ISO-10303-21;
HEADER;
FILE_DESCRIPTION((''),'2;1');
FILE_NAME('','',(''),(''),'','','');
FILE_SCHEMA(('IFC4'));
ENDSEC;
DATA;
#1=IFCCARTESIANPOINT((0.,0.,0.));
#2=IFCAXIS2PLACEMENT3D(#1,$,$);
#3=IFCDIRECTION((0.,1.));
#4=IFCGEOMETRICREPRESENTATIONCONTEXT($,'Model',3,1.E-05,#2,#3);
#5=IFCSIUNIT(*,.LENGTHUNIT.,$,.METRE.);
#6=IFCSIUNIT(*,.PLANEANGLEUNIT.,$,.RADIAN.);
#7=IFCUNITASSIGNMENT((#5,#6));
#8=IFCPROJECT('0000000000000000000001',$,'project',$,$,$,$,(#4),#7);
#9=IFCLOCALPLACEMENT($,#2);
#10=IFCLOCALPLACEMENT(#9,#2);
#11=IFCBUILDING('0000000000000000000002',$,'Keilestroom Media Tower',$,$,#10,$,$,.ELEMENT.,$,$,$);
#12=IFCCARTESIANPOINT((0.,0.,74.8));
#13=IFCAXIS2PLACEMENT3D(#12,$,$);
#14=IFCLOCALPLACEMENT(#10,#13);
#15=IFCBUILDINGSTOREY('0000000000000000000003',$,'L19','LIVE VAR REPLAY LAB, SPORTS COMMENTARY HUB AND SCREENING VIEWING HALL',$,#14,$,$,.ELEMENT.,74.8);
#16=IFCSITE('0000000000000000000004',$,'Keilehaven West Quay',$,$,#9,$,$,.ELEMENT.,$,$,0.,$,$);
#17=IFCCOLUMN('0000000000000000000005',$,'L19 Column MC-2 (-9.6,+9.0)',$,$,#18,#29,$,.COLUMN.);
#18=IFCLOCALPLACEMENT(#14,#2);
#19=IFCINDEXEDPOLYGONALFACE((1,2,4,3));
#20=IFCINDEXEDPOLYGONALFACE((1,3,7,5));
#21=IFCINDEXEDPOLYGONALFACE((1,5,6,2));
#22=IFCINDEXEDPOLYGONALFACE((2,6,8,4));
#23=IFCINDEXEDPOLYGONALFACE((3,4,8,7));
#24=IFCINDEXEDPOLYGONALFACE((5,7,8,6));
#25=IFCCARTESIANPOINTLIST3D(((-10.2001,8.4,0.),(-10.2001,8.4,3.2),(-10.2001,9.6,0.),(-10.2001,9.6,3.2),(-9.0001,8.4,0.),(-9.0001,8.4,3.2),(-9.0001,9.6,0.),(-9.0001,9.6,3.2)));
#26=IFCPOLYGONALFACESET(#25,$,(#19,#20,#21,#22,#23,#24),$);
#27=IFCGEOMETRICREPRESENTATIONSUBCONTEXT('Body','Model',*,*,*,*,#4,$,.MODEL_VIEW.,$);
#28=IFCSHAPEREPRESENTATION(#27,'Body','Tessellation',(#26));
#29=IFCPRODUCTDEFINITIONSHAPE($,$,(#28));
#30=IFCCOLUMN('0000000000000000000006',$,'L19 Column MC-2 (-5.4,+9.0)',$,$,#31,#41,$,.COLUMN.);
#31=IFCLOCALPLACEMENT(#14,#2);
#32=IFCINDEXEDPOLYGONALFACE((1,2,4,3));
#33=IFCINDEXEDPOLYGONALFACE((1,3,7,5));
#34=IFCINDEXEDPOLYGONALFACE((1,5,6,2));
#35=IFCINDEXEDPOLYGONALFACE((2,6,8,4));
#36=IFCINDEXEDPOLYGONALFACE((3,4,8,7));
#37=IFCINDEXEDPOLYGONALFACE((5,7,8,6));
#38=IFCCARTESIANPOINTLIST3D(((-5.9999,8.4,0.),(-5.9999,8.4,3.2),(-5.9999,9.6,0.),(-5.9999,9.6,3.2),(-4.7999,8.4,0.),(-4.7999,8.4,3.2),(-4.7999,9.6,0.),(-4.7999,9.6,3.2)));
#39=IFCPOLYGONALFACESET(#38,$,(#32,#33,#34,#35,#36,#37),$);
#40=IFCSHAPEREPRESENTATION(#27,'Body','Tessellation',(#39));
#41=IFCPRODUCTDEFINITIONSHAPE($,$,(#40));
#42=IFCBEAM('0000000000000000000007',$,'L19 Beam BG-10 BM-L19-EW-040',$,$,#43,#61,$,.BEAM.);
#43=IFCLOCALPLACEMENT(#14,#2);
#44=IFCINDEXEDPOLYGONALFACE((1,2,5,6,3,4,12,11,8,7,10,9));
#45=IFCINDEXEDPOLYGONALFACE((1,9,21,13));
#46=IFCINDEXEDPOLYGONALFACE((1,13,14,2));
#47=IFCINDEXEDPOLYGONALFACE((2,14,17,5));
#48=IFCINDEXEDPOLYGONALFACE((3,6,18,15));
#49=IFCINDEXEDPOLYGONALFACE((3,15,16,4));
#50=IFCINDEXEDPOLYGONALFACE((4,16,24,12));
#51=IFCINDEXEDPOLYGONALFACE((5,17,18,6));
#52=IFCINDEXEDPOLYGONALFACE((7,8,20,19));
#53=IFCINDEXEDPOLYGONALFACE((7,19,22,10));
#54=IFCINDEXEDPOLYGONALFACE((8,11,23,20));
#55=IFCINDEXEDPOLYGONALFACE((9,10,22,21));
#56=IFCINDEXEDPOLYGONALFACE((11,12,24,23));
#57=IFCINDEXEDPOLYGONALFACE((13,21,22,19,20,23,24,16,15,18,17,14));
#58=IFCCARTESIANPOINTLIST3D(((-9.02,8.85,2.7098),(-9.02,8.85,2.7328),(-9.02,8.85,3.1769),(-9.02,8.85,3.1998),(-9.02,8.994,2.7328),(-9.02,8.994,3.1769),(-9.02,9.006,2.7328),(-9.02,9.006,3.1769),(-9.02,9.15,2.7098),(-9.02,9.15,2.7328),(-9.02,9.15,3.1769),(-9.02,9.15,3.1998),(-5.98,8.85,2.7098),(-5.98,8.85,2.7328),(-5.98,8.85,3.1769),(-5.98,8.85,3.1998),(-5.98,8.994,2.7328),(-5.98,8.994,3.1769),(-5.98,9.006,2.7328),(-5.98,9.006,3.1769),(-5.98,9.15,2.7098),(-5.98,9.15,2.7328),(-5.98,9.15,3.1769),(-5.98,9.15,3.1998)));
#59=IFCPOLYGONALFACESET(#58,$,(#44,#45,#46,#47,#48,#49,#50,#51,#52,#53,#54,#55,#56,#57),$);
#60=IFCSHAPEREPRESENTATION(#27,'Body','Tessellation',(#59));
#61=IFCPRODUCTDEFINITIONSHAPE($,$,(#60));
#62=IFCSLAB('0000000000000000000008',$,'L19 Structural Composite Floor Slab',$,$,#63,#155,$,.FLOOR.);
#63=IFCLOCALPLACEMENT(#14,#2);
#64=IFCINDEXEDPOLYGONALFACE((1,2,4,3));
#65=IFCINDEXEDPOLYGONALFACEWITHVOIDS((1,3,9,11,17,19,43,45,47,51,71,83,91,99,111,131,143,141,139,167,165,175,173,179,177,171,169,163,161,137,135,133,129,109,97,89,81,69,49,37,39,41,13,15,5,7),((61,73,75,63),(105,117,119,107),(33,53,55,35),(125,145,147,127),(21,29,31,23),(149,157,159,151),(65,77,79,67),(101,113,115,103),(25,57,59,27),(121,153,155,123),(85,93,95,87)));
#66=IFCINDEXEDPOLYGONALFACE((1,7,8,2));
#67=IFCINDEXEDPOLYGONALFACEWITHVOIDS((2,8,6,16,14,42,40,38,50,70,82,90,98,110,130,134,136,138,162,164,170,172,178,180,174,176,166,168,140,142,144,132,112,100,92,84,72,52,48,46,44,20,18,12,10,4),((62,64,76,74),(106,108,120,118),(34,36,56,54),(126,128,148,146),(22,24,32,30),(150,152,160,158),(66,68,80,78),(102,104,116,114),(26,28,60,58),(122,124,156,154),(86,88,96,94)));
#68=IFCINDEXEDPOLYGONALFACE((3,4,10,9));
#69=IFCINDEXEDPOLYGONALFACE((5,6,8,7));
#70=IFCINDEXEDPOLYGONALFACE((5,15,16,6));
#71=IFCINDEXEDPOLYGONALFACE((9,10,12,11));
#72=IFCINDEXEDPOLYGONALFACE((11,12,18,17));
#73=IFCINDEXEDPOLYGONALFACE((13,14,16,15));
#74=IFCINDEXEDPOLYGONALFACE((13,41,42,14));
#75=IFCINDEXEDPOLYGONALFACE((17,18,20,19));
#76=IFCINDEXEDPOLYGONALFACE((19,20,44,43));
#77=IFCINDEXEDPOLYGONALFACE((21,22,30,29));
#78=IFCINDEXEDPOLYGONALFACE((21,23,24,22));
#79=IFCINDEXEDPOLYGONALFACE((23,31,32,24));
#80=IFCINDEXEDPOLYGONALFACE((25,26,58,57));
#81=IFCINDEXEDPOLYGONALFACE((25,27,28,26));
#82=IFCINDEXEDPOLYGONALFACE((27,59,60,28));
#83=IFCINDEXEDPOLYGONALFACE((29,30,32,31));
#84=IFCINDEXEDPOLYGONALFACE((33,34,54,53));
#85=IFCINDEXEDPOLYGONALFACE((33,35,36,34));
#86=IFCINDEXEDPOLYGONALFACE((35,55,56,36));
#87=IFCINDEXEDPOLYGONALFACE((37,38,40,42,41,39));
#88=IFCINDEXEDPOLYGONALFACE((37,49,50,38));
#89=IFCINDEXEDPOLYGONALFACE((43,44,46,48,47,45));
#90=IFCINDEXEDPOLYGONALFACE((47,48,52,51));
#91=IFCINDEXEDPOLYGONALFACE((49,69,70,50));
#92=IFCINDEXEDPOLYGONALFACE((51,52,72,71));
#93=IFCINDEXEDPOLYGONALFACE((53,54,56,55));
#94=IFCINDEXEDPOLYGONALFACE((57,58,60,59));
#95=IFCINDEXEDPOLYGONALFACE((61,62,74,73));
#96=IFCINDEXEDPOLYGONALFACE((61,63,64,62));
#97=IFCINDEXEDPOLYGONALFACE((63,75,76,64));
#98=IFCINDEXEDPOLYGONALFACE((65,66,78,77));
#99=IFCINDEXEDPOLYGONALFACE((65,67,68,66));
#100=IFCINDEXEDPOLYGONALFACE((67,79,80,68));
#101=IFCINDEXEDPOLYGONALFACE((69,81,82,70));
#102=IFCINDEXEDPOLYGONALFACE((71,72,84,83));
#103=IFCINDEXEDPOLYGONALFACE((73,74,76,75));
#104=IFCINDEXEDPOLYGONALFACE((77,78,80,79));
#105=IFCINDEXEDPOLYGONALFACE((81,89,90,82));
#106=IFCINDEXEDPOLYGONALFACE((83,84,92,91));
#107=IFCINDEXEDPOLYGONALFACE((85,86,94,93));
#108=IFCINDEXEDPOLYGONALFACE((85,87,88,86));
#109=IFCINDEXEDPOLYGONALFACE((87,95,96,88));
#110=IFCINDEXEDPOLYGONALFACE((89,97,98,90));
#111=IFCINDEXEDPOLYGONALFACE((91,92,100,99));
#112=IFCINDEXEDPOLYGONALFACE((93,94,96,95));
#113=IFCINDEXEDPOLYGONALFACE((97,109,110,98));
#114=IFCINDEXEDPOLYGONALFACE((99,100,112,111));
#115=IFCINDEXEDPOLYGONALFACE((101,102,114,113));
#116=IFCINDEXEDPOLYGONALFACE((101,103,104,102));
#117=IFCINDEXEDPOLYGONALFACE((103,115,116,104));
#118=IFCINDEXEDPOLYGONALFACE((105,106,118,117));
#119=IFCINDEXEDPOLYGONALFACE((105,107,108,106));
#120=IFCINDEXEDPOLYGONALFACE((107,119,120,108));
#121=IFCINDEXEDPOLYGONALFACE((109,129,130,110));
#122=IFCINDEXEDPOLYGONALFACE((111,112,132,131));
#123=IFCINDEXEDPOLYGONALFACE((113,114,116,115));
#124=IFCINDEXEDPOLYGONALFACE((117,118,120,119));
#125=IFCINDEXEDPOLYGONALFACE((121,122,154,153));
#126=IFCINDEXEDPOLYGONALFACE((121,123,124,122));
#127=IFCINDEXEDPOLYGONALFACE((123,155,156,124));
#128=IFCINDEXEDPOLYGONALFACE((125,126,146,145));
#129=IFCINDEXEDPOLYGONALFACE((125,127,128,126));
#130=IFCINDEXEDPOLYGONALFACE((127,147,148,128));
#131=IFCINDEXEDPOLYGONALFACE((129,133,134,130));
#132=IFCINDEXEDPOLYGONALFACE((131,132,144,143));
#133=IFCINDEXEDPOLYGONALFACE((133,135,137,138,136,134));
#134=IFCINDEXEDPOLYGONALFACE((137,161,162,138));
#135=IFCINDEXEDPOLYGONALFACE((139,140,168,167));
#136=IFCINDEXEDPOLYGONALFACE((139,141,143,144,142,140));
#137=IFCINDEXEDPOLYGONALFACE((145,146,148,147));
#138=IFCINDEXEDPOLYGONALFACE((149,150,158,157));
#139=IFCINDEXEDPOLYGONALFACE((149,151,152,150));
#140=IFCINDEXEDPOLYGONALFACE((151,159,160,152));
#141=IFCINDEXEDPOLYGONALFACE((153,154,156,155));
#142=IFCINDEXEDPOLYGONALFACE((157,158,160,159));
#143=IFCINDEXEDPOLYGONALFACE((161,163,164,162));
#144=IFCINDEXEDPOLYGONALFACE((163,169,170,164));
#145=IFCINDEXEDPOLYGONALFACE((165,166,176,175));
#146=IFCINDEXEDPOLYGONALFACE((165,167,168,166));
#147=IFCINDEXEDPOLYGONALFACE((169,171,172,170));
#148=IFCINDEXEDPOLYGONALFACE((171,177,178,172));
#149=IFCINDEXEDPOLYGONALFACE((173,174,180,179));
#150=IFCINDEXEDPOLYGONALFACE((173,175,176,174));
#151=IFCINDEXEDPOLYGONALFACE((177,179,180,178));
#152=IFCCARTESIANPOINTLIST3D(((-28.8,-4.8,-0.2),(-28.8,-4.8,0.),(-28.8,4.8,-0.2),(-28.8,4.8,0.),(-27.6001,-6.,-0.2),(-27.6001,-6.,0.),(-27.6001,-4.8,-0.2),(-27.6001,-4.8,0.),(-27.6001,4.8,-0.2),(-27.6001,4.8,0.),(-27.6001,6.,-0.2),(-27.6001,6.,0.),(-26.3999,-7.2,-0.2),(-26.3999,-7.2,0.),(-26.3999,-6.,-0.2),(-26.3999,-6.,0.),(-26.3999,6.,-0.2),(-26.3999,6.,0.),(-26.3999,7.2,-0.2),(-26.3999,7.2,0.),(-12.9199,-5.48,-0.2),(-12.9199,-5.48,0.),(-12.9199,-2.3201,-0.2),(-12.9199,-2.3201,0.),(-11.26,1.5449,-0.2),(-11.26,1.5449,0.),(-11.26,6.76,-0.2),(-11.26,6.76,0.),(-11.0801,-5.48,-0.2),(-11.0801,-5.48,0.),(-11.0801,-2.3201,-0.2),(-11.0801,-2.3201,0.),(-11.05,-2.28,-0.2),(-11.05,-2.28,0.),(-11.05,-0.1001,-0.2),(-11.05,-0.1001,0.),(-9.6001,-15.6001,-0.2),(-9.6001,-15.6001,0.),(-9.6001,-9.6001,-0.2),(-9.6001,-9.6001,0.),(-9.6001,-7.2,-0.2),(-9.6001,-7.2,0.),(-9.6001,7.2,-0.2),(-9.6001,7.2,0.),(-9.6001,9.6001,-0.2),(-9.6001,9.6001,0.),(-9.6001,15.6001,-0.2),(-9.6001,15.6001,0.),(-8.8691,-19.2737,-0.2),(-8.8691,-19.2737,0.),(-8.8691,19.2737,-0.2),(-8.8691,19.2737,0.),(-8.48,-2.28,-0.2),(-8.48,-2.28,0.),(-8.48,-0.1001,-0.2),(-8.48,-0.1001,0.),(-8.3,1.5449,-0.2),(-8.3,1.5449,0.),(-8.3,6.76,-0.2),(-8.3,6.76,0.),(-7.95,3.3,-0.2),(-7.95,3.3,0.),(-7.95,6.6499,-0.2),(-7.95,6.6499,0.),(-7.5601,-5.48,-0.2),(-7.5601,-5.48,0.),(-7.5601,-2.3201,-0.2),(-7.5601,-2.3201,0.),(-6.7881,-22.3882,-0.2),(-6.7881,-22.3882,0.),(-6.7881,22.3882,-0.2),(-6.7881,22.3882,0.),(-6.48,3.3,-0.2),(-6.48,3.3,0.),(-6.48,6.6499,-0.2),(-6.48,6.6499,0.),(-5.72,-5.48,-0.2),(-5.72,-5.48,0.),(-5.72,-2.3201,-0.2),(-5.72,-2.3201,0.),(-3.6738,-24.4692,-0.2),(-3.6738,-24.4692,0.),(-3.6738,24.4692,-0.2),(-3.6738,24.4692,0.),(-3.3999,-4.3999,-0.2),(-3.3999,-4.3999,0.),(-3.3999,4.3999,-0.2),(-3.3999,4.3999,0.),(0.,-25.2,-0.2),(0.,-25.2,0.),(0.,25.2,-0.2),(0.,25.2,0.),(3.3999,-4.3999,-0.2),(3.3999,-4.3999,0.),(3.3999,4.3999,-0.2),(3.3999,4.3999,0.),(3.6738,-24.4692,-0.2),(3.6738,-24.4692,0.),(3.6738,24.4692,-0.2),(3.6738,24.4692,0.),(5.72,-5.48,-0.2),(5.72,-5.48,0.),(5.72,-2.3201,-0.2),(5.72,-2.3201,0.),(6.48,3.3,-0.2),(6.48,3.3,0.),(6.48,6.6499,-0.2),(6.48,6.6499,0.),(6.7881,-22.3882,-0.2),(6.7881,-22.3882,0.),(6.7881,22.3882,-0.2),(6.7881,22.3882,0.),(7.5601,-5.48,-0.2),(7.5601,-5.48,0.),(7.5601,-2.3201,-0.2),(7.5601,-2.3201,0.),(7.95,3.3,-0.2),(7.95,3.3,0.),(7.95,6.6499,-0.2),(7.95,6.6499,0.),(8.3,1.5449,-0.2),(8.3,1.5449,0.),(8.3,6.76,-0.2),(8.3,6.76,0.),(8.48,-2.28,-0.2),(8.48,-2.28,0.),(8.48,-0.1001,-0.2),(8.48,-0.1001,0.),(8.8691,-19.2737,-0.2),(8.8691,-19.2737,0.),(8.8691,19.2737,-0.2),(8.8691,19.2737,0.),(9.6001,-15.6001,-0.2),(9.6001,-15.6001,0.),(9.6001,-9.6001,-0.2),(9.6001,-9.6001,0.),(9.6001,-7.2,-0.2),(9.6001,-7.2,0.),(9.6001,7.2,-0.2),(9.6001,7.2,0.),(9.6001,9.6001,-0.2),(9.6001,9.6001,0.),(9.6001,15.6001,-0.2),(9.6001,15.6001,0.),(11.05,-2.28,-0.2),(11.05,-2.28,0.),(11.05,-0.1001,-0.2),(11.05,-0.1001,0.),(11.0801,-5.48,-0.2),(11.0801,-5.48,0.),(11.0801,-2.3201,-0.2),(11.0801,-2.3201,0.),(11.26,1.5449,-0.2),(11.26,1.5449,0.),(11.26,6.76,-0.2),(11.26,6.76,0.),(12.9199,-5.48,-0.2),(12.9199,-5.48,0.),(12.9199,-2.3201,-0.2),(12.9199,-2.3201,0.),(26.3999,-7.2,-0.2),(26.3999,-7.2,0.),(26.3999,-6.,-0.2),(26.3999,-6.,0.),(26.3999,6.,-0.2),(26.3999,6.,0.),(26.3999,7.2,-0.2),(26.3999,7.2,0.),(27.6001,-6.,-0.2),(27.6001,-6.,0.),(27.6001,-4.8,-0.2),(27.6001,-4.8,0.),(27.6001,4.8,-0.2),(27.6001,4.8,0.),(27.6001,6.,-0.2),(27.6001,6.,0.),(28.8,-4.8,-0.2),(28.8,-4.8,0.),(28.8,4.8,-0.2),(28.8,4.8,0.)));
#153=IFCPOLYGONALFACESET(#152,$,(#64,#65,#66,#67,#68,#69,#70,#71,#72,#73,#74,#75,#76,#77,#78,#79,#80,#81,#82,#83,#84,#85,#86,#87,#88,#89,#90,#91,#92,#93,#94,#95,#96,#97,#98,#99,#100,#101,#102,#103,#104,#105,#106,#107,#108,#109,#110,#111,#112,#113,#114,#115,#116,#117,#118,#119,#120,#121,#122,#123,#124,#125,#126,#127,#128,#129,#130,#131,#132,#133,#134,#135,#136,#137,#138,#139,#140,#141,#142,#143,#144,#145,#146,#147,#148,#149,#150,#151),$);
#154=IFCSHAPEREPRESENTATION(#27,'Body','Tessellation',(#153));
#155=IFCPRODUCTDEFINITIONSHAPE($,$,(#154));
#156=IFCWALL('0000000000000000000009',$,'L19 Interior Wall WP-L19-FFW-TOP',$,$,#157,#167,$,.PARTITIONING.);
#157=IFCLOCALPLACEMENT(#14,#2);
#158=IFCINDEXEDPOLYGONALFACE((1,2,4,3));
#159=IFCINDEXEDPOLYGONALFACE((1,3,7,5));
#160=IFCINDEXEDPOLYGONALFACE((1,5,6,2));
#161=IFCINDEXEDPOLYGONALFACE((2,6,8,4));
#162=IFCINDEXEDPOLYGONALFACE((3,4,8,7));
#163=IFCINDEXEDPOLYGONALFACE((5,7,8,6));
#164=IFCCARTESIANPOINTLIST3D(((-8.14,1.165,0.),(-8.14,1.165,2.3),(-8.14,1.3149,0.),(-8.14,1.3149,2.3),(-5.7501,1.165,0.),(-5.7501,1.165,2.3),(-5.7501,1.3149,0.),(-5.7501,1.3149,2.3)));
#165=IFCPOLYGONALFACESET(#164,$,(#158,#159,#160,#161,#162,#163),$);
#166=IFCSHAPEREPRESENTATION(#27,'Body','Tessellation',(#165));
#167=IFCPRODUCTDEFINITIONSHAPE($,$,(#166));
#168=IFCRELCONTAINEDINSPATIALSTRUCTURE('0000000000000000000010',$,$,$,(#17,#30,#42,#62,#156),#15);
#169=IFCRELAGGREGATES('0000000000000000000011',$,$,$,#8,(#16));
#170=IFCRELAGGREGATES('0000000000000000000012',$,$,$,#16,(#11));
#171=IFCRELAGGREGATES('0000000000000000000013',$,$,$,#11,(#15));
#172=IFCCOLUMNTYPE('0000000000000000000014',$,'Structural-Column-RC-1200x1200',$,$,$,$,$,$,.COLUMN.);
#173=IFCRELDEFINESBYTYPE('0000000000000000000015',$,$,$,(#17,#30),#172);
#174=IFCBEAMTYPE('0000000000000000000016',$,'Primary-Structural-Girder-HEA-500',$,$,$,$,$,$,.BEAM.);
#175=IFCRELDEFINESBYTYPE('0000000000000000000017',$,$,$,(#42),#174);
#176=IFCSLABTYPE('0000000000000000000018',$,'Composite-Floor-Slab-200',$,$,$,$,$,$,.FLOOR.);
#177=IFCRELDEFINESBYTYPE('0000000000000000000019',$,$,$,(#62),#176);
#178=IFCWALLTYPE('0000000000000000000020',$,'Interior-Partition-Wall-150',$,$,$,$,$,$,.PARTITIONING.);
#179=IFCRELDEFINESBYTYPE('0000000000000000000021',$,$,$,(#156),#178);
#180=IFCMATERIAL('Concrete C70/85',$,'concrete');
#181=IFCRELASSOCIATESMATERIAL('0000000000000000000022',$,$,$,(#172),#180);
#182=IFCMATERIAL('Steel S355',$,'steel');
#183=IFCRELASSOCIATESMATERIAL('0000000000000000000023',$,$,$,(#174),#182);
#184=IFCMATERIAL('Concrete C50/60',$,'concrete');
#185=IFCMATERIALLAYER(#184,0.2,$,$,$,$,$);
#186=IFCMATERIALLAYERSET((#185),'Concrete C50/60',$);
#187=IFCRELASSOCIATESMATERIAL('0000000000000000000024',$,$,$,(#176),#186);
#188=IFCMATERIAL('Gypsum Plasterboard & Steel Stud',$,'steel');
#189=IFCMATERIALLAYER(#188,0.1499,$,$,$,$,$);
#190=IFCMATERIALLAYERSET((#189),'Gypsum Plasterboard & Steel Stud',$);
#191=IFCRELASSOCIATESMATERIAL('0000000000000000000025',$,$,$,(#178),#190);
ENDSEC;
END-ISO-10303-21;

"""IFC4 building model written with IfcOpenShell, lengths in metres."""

from ifc_helpers import new_model, si_unit, direction, frame, frame_2d, origin, origin_2d, place, context, subcontext, project, spatial, polyline, rectangle, i_section, outline, extrude, source, transform, mapped, material, layer, layer_set, material_profile, profile_set, type_object, element, save


model = new_model("IFC4")

# Units and contexts
model_context = context("Model", 3, precision=1e-05, world=origin(), true_north=direction((0.0, 1.0)))
body_context = subcontext(model_context, "Body", "Model", "MODEL_VIEW")
ifc_project = project(units=[si_unit("LENGTHUNIT", "METRE"), si_unit("PLANEANGLEUNIT", "RADIAN")], contexts=[model_context])

# Site, building, storey
site_placement = place(None, origin())
site = spatial("IfcSite", under=ifc_project, at=site_placement, Name="Keilehaven West Quay", CompositionType="ELEMENT", RefElevation=0.0)
building_placement = place(site_placement, origin())
building = spatial("IfcBuilding", under=site, at=building_placement, Name="Keilestroom Media Tower", CompositionType="ELEMENT")
storey_placement = place(building_placement, frame((0.0, 0.0, 74.8)))
storey = spatial("IfcBuildingStorey", under=building, at=storey_placement, Name="L19", Description="LIVE VAR REPLAY LAB, SPORTS COMMENTARY HUB AND SCREENING VIEWING HALL", CompositionType="ELEMENT", Elevation=74.8)

# Columns
ifc_material_1 = material(Name="Concrete C70/85", Category="concrete")
ifc_material_profile_1 = material_profile(ifc_material_1, rectangle(XDim=1.2, YDim=1.2, at=origin_2d()), Name="RC 1200x1200")
ifc_profile_set_1 = profile_set([ifc_material_profile_1], Name="Concrete C70/85")
column_type = type_object("IfcColumnType", Name="Structural-Column-RC-1200x1200", PredefinedType="COLUMN", material=ifc_profile_set_1)
shared_shape_1 = source(origin(), body_context, "Body", "SweptSolid", [
    extrude(rectangle(XDim=1.2, YDim=1.2, at=origin_2d()), origin(), (0.0, 0.0, 1.0), 3.2),
])
for number, where, z_axis, x_axis, name in (
    (1, (-9.6001, 9.0, 0.0), (0.0, 0.0, 1.0), (1.0, 0.0, 0.0), "L19 Column MC-2 (-9.6,+9.0)"),
    (2, (-5.3999, 9.0, 0.0), (0.0, 0.0, 1.0), (1.0, 0.0, 0.0), "L19 Column MC-2 (-5.4,+9.0)"),
):
    element("IfcColumn", number, at=place(storey_placement, frame(where, z_axis=z_axis, x_axis=x_axis)), inside=storey, type_object=column_type, Name=name, PredefinedType="COLUMN", context=body_context, shape_type="MappedRepresentation", body=[
        mapped(shared_shape_1, transform((0.0, 0.0, 0.0), x_axis=(1.0, 0.0, 0.0), y_axis=(0.0, 1.0, 0.0), z_axis=(0.0, 0.0, 1.0), scale=1.0)),
    ])

# Beam
ifc_material_2 = material(Name="Steel S355", Category="steel")
ifc_material_profile_2 = material_profile(ifc_material_2, i_section(OverallWidth=0.3, OverallDepth=0.49, WebThickness=0.012, FlangeThickness=0.0229, at=origin_2d()), Name="HEA 500")
ifc_profile_set_2 = profile_set([ifc_material_profile_2], Name="Steel S355")
beam_type = type_object("IfcBeamType", Name="Primary-Structural-Girder-HEA-500", PredefinedType="BEAM", material=ifc_profile_set_2)
shared_shape_2 = source(origin(), body_context, "Body", "SweptSolid", [
    extrude(i_section(OverallWidth=0.3, OverallDepth=0.49, WebThickness=0.012, FlangeThickness=0.0229, at=origin_2d()), origin(), (0.0, 0.0, 1.0), 3.04),
])
beam_placement = place(storey_placement, frame((-9.02, 9.0, 2.9548), z_axis=(1.0, 0.0, 0.0), x_axis=(0.0, 1.0, 0.0)))
element("IfcBeam", 3, at=beam_placement, inside=storey, type_object=beam_type, Name="L19 Beam BG-10 BM-L19-EW-040", PredefinedType="BEAM", context=body_context, shape_type="MappedRepresentation", body=[
    mapped(shared_shape_2, transform((0.0, 0.0, 0.0), x_axis=(1.0, 0.0, 0.0), y_axis=(0.0, 1.0, 0.0), z_axis=(0.0, 0.0, 1.0), scale=1.0)),
])

# Slab
ifc_material_3 = material(Name="Concrete C50/60", Category="concrete")
ifc_layer_1 = layer(ifc_material_3, 0.2)
ifc_layer_set_1 = layer_set([ifc_layer_1], Name="Concrete C50/60")
slab_type = type_object("IfcSlabType", Name="Composite-Floor-Slab-200", PredefinedType="FLOOR", material=ifc_layer_set_1)
slab_placement = place(storey_placement, frame((0.0, 0.0, -0.2)))
element("IfcSlab", 4, at=slab_placement, inside=storey, type_object=slab_type, Name="L19 Structural Composite Floor Slab", PredefinedType="FLOOR", context=body_context, shape_type="SweptSolid", body=[
    extrude(outline(polyline([(28.8, -4.8), (28.8, 4.8), (27.6001, 4.8), (27.6001, 6.0), (26.3999, 6.0), (26.3999, 7.2), (9.6001, 7.2), (9.6001, 9.6001), (9.6001, 15.6001), (8.8691, 19.2737), (6.7881, 22.3882), (3.6738, 24.4692), (0.0, 25.2), (-3.6738, 24.4692), (-6.7881, 22.3882), (-8.8691, 19.2737), (-9.6001, 15.6001), (-9.6001, 9.6001), (-9.6001, 7.2), (-26.3999, 7.2), (-26.3999, 6.0), (-27.6001, 6.0), (-27.6001, 4.8), (-28.8, 4.8), (-28.8, -4.8), (-27.6001, -4.8), (-27.6001, -6.0), (-26.3999, -6.0), (-26.3999, -7.2), (-9.6001, -7.2), (-9.6001, -9.6001), (-9.6001, -15.6001), (-8.8691, -19.2737), (-6.7881, -22.3882), (-3.6738, -24.4692), (0.0, -25.2), (3.6738, -24.4692), (6.7881, -22.3882), (8.8691, -19.2737), (9.6001, -15.6001), (9.6001, -9.6001), (9.6001, -7.2), (26.3999, -7.2), (26.3999, -6.0), (27.6001, -6.0), (27.6001, -4.8), (28.8, -4.8)]), holes=[polyline([(-12.9199, -5.48), (-12.9199, -2.3201), (-11.0801, -2.3201), (-11.0801, -5.48), (-12.9199, -5.48)]), polyline([(-11.26, 1.5449), (-11.26, 6.76), (-8.3, 6.76), (-8.3, 1.5449), (-11.26, 1.5449)]), polyline([(-11.05, -2.28), (-11.05, -0.1001), (-8.48, -0.1001), (-8.48, -2.28), (-11.05, -2.28)]), polyline([(-7.95, 3.3), (-7.95, 6.6499), (-6.48, 6.6499), (-6.48, 3.3), (-7.95, 3.3)]), polyline([(-7.5601, -5.48), (-7.5601, -2.3201), (-5.72, -2.3201), (-5.72, -5.48), (-7.5601, -5.48)]), polyline([(-3.3999, -4.3999), (-3.3999, 4.3999), (3.3999, 4.3999), (3.3999, -4.3999), (-3.3999, -4.3999)]), polyline([(5.72, -5.48), (5.72, -2.3201), (7.5601, -2.3201), (7.5601, -5.48), (5.72, -5.48)]), polyline([(7.95, 6.6499), (7.95, 3.3), (6.48, 3.3), (6.48, 6.6499), (7.95, 6.6499)]), polyline([(8.3, 6.76), (11.26, 6.76), (11.26, 1.5449), (8.3, 1.5449), (8.3, 6.76)]), polyline([(8.48, -2.28), (8.48, -0.1001), (11.05, -0.1001), (11.05, -2.28), (8.48, -2.28)]), polyline([(12.9199, -5.48), (11.0801, -5.48), (11.0801, -2.3201), (12.9199, -2.3201), (12.9199, -5.48)])]), origin(), (0.0, 0.0, 1.0), 0.2),
])

# Wall
ifc_material_4 = material(Name="Gypsum Plasterboard & Steel Stud", Category="steel")
ifc_layer_2 = layer(ifc_material_4, 0.1499)
ifc_layer_set_2 = layer_set([ifc_layer_2], Name="Gypsum Plasterboard & Steel Stud")
wall_type_1 = type_object("IfcWallType", Name="Interior-Partition-Wall-150", PredefinedType="PARTITIONING", material=ifc_layer_set_2)
wall_1_placement = place(storey_placement, frame((-8.1399, 1.24, 0.0), z_axis=(0.0, 0.0, 1.0), x_axis=(1.0, 0.0, 0.0)))
element("IfcWall", 5, at=wall_1_placement, inside=storey, type_object=wall_type_1, Name="L19 Interior Wall WP-L19-FFW-TOP", PredefinedType="PARTITIONING", context=body_context, shape_type="SweptSolid", body=[
    extrude(rectangle(XDim=2.3899, YDim=0.1499, at=frame_2d((1.1948, 0.0))), origin(), (0.0, 0.0, 1.0), 2.3),
])

save(model, "model.ifc")
